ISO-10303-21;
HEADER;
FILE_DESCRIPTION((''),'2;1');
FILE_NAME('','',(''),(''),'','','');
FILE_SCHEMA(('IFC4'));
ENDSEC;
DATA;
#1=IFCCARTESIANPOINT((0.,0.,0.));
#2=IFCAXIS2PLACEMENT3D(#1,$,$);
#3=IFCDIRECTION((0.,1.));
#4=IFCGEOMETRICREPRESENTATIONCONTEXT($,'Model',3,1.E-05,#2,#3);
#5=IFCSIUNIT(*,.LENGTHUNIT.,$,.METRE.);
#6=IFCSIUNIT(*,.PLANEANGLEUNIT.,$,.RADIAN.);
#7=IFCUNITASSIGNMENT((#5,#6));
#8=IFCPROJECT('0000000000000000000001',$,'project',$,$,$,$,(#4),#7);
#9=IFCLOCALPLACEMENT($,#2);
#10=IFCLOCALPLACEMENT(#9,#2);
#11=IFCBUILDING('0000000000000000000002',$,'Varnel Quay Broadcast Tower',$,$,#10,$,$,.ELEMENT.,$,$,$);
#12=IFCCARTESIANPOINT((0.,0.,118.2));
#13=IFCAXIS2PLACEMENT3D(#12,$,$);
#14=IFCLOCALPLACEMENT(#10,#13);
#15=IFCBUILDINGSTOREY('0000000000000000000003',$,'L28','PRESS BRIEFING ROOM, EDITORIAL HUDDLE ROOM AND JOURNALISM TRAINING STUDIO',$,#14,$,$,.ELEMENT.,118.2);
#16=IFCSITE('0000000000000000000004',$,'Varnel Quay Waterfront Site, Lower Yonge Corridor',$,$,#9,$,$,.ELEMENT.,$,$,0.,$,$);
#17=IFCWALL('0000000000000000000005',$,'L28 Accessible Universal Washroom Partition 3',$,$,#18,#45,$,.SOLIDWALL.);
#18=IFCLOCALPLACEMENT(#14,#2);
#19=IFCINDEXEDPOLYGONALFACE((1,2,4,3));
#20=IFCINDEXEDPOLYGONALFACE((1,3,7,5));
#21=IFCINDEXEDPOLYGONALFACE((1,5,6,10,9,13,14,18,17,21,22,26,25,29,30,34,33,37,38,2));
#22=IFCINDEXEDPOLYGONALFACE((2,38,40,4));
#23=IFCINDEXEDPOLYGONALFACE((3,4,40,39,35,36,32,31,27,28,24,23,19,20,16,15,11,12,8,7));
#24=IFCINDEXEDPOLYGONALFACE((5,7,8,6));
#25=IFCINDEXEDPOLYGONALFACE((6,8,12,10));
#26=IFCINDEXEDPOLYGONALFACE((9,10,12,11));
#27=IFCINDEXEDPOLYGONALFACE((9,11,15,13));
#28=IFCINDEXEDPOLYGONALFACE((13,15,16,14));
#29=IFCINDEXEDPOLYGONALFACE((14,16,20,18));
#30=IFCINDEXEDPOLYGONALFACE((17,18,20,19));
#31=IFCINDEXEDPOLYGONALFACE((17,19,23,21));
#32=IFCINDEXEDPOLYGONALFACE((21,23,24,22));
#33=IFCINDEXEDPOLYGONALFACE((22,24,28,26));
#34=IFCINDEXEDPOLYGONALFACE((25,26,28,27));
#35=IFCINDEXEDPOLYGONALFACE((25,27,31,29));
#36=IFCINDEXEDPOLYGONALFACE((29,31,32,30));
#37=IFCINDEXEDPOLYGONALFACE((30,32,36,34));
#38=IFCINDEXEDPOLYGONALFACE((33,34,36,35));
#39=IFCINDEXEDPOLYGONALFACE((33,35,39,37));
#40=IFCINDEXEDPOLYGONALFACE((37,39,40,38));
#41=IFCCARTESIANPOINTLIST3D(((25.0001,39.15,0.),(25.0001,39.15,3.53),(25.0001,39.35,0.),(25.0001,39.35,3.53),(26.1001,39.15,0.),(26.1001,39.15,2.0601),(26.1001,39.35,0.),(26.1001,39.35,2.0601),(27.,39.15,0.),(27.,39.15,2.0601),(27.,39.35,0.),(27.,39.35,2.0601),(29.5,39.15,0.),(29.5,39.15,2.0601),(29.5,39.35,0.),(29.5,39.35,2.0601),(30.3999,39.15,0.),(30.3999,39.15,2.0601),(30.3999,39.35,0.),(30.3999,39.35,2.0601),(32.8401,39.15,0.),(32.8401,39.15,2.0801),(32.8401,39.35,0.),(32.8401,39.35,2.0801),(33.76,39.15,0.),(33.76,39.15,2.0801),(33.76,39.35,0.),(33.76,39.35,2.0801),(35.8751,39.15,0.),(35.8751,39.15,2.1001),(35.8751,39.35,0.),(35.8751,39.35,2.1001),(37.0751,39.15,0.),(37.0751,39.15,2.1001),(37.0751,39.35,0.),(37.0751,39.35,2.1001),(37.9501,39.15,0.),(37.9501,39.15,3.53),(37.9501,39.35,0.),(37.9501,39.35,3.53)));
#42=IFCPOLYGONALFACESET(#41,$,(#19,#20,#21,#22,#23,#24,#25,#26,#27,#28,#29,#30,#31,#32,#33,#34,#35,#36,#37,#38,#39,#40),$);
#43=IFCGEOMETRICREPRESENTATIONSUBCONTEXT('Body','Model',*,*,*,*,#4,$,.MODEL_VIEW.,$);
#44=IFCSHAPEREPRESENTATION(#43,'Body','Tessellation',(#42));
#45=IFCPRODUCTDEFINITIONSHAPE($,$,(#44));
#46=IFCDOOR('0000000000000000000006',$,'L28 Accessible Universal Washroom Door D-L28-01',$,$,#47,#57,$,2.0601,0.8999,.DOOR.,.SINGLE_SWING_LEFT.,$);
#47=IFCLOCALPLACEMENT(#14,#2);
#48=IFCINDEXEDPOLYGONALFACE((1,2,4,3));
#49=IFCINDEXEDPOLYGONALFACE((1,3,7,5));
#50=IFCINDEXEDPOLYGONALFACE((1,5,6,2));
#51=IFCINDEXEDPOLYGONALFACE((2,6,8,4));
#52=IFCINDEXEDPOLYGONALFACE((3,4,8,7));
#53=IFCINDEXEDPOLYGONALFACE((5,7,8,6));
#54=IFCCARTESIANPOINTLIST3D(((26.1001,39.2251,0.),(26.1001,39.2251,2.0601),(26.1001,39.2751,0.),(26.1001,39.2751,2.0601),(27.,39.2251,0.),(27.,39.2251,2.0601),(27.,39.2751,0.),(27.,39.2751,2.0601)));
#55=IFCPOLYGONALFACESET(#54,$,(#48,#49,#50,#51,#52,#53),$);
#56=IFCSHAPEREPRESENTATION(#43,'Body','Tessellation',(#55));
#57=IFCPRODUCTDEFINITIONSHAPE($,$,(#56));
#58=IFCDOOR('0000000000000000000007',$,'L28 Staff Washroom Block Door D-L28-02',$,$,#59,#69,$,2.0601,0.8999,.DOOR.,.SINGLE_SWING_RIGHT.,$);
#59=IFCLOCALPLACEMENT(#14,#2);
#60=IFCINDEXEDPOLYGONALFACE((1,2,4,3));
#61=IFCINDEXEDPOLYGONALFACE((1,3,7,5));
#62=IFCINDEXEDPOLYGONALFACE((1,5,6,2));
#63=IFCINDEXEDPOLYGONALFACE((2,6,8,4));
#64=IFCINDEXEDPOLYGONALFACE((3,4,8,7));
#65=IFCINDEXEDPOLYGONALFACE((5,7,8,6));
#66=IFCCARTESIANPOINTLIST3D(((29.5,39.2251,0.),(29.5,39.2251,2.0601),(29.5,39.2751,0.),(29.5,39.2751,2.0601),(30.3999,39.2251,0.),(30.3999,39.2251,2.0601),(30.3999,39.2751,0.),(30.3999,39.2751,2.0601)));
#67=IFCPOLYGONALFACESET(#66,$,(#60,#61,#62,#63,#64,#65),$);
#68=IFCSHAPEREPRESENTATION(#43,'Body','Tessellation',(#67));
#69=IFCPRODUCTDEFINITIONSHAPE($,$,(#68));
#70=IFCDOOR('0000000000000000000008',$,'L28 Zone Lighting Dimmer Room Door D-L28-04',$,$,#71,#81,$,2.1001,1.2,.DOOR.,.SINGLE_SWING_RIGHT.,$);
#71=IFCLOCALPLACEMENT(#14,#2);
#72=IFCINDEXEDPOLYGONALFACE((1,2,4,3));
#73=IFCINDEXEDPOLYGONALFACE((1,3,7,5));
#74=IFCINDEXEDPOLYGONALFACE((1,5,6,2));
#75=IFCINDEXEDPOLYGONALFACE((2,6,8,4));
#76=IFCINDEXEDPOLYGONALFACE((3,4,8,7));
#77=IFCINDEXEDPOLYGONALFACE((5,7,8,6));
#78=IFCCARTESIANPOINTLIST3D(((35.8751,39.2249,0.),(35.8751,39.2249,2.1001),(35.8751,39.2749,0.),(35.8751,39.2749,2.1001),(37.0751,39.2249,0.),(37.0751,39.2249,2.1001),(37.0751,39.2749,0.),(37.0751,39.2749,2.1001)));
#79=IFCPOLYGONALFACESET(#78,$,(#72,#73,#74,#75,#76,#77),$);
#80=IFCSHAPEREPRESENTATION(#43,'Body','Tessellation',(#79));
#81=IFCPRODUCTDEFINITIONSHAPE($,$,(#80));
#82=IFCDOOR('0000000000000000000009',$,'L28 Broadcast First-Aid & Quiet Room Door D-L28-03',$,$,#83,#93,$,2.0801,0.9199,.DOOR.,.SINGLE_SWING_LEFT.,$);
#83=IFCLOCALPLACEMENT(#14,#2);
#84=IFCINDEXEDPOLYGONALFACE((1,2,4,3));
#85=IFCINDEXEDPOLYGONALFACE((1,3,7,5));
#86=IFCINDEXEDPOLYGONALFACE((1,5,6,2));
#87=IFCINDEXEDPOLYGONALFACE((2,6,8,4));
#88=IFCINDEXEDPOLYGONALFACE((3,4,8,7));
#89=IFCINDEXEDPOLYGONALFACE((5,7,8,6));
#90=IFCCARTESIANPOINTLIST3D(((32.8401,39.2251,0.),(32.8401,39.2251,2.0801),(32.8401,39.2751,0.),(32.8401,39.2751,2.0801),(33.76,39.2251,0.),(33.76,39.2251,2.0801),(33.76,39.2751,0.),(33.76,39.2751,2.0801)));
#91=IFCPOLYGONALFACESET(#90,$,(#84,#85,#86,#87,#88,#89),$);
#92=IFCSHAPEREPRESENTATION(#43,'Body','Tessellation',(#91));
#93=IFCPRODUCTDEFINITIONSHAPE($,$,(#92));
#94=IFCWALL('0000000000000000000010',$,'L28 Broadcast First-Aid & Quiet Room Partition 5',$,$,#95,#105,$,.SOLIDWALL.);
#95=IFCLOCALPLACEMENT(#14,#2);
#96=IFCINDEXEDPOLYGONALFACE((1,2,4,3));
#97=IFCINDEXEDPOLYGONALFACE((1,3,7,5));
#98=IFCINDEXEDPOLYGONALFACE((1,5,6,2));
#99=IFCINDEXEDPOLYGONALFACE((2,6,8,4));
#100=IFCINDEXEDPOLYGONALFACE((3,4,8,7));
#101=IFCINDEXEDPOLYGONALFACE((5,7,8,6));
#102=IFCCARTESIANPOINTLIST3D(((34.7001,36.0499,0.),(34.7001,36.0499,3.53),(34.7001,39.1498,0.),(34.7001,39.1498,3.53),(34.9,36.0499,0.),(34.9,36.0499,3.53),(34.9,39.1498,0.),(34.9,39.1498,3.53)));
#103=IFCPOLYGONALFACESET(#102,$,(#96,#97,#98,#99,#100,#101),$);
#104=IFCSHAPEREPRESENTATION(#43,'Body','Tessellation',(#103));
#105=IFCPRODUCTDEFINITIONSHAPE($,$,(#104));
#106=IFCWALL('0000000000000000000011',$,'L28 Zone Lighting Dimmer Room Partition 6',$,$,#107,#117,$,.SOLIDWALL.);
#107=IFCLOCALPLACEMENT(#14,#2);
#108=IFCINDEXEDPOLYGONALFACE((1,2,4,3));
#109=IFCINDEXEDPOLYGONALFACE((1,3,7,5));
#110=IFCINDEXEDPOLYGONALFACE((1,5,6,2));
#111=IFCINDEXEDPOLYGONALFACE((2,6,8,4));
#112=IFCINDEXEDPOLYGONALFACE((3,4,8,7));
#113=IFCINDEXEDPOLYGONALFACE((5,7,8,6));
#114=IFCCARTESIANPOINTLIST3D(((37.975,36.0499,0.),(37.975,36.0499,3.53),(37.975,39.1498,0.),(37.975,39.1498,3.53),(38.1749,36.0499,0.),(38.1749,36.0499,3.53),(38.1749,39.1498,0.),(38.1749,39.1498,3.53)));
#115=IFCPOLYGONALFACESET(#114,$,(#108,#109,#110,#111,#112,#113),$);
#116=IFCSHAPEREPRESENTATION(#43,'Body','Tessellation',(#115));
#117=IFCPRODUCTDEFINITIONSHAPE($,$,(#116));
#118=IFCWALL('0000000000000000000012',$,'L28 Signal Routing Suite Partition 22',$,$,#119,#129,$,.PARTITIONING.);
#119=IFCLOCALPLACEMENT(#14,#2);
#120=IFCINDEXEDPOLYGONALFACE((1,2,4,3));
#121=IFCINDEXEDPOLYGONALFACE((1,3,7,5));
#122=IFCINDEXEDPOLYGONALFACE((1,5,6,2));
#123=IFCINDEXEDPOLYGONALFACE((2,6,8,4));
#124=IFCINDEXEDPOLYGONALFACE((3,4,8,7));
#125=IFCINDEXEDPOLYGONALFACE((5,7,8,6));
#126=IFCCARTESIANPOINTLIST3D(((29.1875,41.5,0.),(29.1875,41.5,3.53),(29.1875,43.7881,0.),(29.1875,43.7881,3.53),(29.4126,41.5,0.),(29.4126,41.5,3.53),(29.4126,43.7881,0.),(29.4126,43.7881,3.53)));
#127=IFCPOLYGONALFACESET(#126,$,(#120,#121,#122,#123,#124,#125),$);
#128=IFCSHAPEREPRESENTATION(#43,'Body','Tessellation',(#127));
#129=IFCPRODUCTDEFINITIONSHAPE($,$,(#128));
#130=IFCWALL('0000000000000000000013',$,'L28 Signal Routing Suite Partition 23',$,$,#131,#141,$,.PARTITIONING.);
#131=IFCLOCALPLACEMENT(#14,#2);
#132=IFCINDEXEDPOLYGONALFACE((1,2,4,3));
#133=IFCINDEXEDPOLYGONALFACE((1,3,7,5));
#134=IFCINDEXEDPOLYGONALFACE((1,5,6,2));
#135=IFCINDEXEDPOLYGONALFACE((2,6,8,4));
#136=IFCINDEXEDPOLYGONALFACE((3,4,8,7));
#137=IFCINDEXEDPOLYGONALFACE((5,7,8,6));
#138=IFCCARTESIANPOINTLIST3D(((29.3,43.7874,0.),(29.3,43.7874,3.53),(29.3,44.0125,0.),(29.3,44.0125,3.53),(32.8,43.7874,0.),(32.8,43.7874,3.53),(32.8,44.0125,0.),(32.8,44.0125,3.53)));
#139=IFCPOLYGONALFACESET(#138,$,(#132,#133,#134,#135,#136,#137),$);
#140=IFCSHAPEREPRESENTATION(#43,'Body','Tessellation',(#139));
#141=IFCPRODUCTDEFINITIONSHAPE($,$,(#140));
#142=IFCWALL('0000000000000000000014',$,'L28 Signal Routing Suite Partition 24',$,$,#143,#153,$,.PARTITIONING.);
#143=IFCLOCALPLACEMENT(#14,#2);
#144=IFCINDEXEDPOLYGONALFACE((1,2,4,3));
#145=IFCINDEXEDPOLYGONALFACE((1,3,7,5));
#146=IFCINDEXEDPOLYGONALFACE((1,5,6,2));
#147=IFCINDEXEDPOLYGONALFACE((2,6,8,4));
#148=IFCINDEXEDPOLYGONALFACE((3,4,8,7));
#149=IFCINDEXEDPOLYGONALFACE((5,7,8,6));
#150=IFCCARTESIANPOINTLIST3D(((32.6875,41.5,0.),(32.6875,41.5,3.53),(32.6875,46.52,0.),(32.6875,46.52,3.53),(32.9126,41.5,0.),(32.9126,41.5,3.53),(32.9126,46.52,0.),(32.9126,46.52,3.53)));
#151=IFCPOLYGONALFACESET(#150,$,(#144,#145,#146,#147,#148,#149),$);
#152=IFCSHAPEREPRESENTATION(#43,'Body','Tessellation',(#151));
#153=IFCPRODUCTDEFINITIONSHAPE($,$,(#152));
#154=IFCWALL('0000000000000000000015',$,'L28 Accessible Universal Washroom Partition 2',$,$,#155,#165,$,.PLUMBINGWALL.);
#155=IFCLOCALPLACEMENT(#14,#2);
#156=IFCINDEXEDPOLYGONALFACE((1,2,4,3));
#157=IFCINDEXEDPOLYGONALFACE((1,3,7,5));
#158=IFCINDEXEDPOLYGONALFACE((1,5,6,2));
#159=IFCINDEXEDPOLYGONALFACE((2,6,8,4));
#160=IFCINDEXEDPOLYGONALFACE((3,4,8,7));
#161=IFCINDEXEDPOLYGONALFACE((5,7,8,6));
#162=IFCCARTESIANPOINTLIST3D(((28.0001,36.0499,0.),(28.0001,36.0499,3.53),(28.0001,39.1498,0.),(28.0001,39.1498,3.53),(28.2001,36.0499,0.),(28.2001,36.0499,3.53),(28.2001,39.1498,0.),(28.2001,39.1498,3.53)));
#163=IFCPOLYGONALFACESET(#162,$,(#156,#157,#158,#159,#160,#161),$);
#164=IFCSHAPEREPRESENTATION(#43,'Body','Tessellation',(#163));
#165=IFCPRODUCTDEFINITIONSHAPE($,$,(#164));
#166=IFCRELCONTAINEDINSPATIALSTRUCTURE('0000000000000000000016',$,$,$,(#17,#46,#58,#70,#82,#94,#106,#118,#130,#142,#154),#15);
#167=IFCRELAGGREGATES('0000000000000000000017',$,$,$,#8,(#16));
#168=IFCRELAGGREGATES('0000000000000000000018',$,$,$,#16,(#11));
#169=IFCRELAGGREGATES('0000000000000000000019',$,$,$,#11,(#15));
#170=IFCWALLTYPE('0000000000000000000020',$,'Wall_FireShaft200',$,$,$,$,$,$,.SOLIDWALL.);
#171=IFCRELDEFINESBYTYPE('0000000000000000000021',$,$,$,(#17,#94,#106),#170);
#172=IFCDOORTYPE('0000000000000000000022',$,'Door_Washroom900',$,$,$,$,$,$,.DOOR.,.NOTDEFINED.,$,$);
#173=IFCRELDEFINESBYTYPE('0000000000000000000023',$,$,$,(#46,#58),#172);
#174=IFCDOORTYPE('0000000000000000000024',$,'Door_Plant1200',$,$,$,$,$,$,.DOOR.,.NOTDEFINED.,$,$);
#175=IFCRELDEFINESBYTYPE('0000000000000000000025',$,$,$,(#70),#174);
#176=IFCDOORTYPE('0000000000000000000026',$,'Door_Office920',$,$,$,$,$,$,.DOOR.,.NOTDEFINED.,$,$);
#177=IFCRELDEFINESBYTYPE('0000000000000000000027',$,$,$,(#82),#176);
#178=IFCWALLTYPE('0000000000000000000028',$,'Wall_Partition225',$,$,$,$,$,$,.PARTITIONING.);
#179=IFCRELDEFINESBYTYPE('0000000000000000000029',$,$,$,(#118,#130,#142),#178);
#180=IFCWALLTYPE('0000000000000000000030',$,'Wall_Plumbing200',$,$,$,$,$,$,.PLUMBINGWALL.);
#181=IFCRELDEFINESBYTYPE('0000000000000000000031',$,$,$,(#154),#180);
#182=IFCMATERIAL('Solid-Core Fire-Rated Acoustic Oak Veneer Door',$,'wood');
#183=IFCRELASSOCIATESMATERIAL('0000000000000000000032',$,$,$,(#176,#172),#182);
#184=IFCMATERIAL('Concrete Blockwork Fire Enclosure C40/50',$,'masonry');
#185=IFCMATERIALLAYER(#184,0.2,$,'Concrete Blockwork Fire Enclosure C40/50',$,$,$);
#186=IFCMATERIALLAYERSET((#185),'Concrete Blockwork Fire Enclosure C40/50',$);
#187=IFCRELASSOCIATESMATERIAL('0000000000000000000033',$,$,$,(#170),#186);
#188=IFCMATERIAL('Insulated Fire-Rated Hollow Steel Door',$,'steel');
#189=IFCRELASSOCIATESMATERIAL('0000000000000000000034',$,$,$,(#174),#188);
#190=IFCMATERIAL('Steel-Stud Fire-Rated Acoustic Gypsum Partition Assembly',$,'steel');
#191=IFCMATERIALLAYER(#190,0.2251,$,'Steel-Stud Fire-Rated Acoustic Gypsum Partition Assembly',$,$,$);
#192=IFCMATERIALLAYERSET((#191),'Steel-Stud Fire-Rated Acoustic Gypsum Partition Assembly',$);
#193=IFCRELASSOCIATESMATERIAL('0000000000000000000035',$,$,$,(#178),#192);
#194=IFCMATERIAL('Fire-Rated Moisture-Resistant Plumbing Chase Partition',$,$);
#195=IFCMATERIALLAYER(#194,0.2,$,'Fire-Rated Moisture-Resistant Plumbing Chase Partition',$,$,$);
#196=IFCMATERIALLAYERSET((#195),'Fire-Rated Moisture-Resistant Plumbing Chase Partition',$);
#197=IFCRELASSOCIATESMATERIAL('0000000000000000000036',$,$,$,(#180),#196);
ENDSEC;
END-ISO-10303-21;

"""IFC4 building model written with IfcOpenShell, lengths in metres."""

from ifc_helpers import new_model, si_unit, direction, frame, frame_2d, origin, place, context, subcontext, project, spatial, rectangle, extrude, source, transform, mapped, material, layer, layer_set, type_object, type_shapes, element, fill, save


model = new_model("IFC4")

# Units and contexts
model_context = context("Model", 3, precision=1e-05, world=origin(), true_north=direction((0.0, 1.0)))
body_context = subcontext(model_context, "Body", "Model", "MODEL_VIEW")
ifc_project = project(units=[si_unit("LENGTHUNIT", "METRE"), si_unit("PLANEANGLEUNIT", "RADIAN")], contexts=[model_context])

# Site, building, storey
site_placement = place(None, origin())
site = spatial("IfcSite", under=ifc_project, at=site_placement, Name="Varnel Quay Waterfront Site, Lower Yonge Corridor", CompositionType="ELEMENT", RefElevation=0.0)
building_placement = place(site_placement, origin())
building = spatial("IfcBuilding", under=site, at=building_placement, Name="Varnel Quay Broadcast Tower", CompositionType="ELEMENT")
storey_placement = place(building_placement, frame((0.0, 0.0, 118.2)))
storey = spatial("IfcBuildingStorey", under=building, at=storey_placement, Name="L28", Description="PRESS BRIEFING ROOM, EDITORIAL HUDDLE ROOM AND JOURNALISM TRAINING STUDIO", CompositionType="ELEMENT", Elevation=118.2)

# Shared definitions
ifc_material_1 = material(Name="Solid-Core Fire-Rated Acoustic Oak Veneer Door", Category="wood")
door_type_1 = type_object("IfcDoorType", Name="Door_Office920", OperationType="NOTDEFINED", PredefinedType="DOOR", material=ifc_material_1)
shared_shape_1 = source(origin(), body_context, "Body", "SweptSolid", [
    extrude(rectangle(XDim=0.9199, YDim=2.0801, at=frame_2d((0.46, 1.04))), frame((0.0, 0.0249, 0.0), z_axis=(0.0, -1.0, 0.0), x_axis=(1.0, 0.0, 0.0)), (0.0, 0.0, 1.0), 0.05),
])
type_shapes(door_type_1, [shared_shape_1])

# Shared definitions
ifc_material_2 = material(Name="Concrete Blockwork Fire Enclosure C40/50", Category="masonry")
ifc_layer_1 = layer(ifc_material_2, 0.2, Name="Concrete Blockwork Fire Enclosure C40/50")
ifc_layer_set_1 = layer_set([ifc_layer_1], Name="Concrete Blockwork Fire Enclosure C40/50")
wall_type_1 = type_object("IfcWallType", Name="Wall_FireShaft200", PredefinedType="SOLIDWALL", material=ifc_layer_set_1)

# Wall, openings, doors
wall_1_placement = place(storey_placement, frame((25.0, 39.25, 0.0), z_axis=(0.0, 0.0, 1.0), x_axis=(1.0, 0.0, 0.0)))
wall_1 = element("IfcWall", 1, at=wall_1_placement, inside=storey, type_object=wall_type_1, Name="L28 Accessible Universal Washroom Partition 3", PredefinedType="SOLIDWALL", context=body_context, shape_type="SweptSolid", body=[
    extrude(rectangle(XDim=12.95, YDim=0.2, at=frame_2d((6.4751, 0.0))), origin(), (0.0, 0.0, 1.0), 3.53),
])
opening_1_placement = place(wall_1_placement, frame((1.1001, 0.0, 0.0)))
opening_1 = element("IfcOpeningElement", 2, at=opening_1_placement, cuts=wall_1, PredefinedType="OPENING", context=body_context, shape_type="SweptSolid", body=[
    extrude(rectangle(XDim=0.8999, YDim=2.0601, at=frame_2d((0.45, 1.03))), frame((0.0, 0.1099, 0.0), z_axis=(0.0, -1.0, 0.0), x_axis=(1.0, 0.0, 0.0)), (0.0, 0.0, 1.0), 0.22),
])
opening_2_placement = place(wall_1_placement, frame((4.5, 0.0, 0.0)))
opening_2 = element("IfcOpeningElement", 3, at=opening_2_placement, cuts=wall_1, PredefinedType="OPENING", context=body_context, shape_type="SweptSolid", body=[
    extrude(rectangle(XDim=0.8999, YDim=2.0601, at=frame_2d((0.45, 1.03))), frame((0.0, 0.1099, 0.0), z_axis=(0.0, -1.0, 0.0), x_axis=(1.0, 0.0, 0.0)), (0.0, 0.0, 1.0), 0.22),
])
opening_3_placement = place(wall_1_placement, frame((7.8401, 0.0, 0.0)))
opening_3 = element("IfcOpeningElement", 4, at=opening_3_placement, cuts=wall_1, PredefinedType="OPENING", context=body_context, shape_type="SweptSolid", body=[
    extrude(rectangle(XDim=0.9199, YDim=2.0801, at=frame_2d((0.46, 1.04))), frame((0.0, 0.1099, 0.0), z_axis=(0.0, -1.0, 0.0), x_axis=(1.0, 0.0, 0.0)), (0.0, 0.0, 1.0), 0.22),
])
opening_4_placement = place(wall_1_placement, frame((10.875, 0.0, 0.0)))
opening_4 = element("IfcOpeningElement", 5, at=opening_4_placement, cuts=wall_1, PredefinedType="OPENING", context=body_context, shape_type="SweptSolid", body=[
    extrude(rectangle(XDim=1.2, YDim=2.1001, at=frame_2d((0.6001, 1.05))), frame((0.0, 0.1099, 0.0), z_axis=(0.0, -1.0, 0.0), x_axis=(1.0, 0.0, 0.0)), (0.0, 0.0, 1.0), 0.22),
])
door_type_2 = type_object("IfcDoorType", Name="Door_Washroom900", OperationType="NOTDEFINED", PredefinedType="DOOR", material=ifc_material_1)
shared_shape_2 = source(origin(), body_context, "Body", "SweptSolid", [
    extrude(rectangle(XDim=0.8999, YDim=2.0601, at=frame_2d((0.45, 1.03))), frame((0.0, 0.0249, 0.0), z_axis=(0.0, -1.0, 0.0), x_axis=(1.0, 0.0, 0.0)), (0.0, 0.0, 1.0), 0.05),
])
type_shapes(door_type_2, [shared_shape_2])
door_1_placement = place(opening_1_placement, frame((0.8999, 0.0, 0.0), z_axis=(0.0, 0.0, 1.0), x_axis=(-1.0, 0.0, 0.0)))
door_1 = element("IfcDoor", 6, at=door_1_placement, inside=storey, type_object=door_type_2, Name="L28 Accessible Universal Washroom Door D-L28-01", OperationType="SINGLE_SWING_LEFT", OverallHeight=2.0601, OverallWidth=0.8999, PredefinedType="DOOR", context=body_context, shape_type="MappedRepresentation", body=[
    mapped(shared_shape_2, transform((0.0, 0.0, 0.0), x_axis=(1.0, 0.0, 0.0), y_axis=(0.0, 1.0, 0.0), z_axis=(0.0, 0.0, 1.0), scale=1.0)),
])
fill(opening_1, door_1)
door_2_placement = place(opening_2_placement, frame((0.8999, 0.0, 0.0), z_axis=(0.0, 0.0, 1.0), x_axis=(-1.0, 0.0, 0.0)))
door_2 = element("IfcDoor", 7, at=door_2_placement, inside=storey, type_object=door_type_2, Name="L28 Staff Washroom Block Door D-L28-02", OperationType="SINGLE_SWING_RIGHT", OverallHeight=2.0601, OverallWidth=0.8999, PredefinedType="DOOR", context=body_context, shape_type="MappedRepresentation", body=[
    mapped(shared_shape_2, transform((0.0, 0.0, 0.0), x_axis=(1.0, 0.0, 0.0), y_axis=(0.0, 1.0, 0.0), z_axis=(0.0, 0.0, 1.0), scale=1.0)),
])
fill(opening_2, door_2)
ifc_material_3 = material(Name="Insulated Fire-Rated Hollow Steel Door", Category="steel")
door_type_3 = type_object("IfcDoorType", Name="Door_Plant1200", OperationType="NOTDEFINED", PredefinedType="DOOR", material=ifc_material_3)
shared_shape_3 = source(origin(), body_context, "Body", "SweptSolid", [
    extrude(rectangle(XDim=1.2, YDim=2.1001, at=frame_2d((0.6001, 1.05))), frame((0.0, 0.0249, 0.0), z_axis=(0.0, -1.0, 0.0), x_axis=(1.0, 0.0, 0.0)), (0.0, 0.0, 1.0), 0.05),
])
type_shapes(door_type_3, [shared_shape_3])
door_3_placement = place(opening_4_placement, origin())
door_3 = element("IfcDoor", 8, at=door_3_placement, inside=storey, type_object=door_type_3, Name="L28 Zone Lighting Dimmer Room Door D-L28-04", OperationType="SINGLE_SWING_RIGHT", OverallHeight=2.1001, OverallWidth=1.2, PredefinedType="DOOR", context=body_context, shape_type="MappedRepresentation", body=[
    mapped(shared_shape_3, transform((0.0, 0.0, 0.0), x_axis=(1.0, 0.0, 0.0), y_axis=(0.0, 1.0, 0.0), z_axis=(0.0, 0.0, 1.0), scale=1.0)),
])
fill(opening_4, door_3)
door_4_placement = place(opening_3_placement, frame((0.9199, 0.0, 0.0), z_axis=(0.0, 0.0, 1.0), x_axis=(-1.0, 0.0, 0.0)))
door_4 = element("IfcDoor", 9, at=door_4_placement, inside=storey, type_object=door_type_1, Name="L28 Broadcast First-Aid & Quiet Room Door D-L28-03", OperationType="SINGLE_SWING_LEFT", OverallHeight=2.0801, OverallWidth=0.9199, PredefinedType="DOOR", context=body_context, shape_type="MappedRepresentation", body=[
    mapped(shared_shape_1, transform((0.0, 0.0, 0.0), x_axis=(1.0, 0.0, 0.0), y_axis=(0.0, 1.0, 0.0), z_axis=(0.0, 0.0, 1.0), scale=1.0)),
])
fill(opening_3, door_4)

# Walls
for number, where, z_axis, x_axis, name in (
    (10, (34.8, 36.05, 0.0), (0.0, 0.0, 1.0), (0.0, 1.0, 0.0), "L28 Broadcast First-Aid & Quiet Room Partition 5"),
    (11, (38.075, 36.05, 0.0), (0.0, 0.0, 1.0), (0.0, 1.0, 0.0), "L28 Zone Lighting Dimmer Room Partition 6"),
):
    element("IfcWall", number, at=place(storey_placement, frame(where, z_axis=z_axis, x_axis=x_axis)), inside=storey, type_object=wall_type_1, Name=name, PredefinedType="SOLIDWALL", context=body_context, shape_type="SweptSolid", body=[
        extrude(rectangle(XDim=3.0999, YDim=0.2, at=frame_2d((1.5498, 0.0))), origin(), (0.0, 0.0, 1.0), 3.53),
    ])
ifc_material_4 = material(Name="Steel-Stud Fire-Rated Acoustic Gypsum Partition Assembly", Category="steel")
ifc_layer_2 = layer(ifc_material_4, 0.2251, Name="Steel-Stud Fire-Rated Acoustic Gypsum Partition Assembly")
ifc_layer_set_2 = layer_set([ifc_layer_2], Name="Steel-Stud Fire-Rated Acoustic Gypsum Partition Assembly")
wall_type_2 = type_object("IfcWallType", Name="Wall_Partition225", PredefinedType="PARTITIONING", material=ifc_layer_set_2)
wall_2_placement = place(storey_placement, frame((29.3, 41.5, 0.0), z_axis=(0.0, 0.0, 1.0), x_axis=(0.0, 1.0, 0.0)))
element("IfcWall", 12, at=wall_2_placement, inside=storey, type_object=wall_type_2, Name="L28 Signal Routing Suite Partition 22", PredefinedType="PARTITIONING", context=body_context, shape_type="SweptSolid", body=[
    extrude(rectangle(XDim=2.2881, YDim=0.2251, at=frame_2d((1.144, 0.0))), origin(), (0.0, 0.0, 1.0), 3.53),
])
wall_3_placement = place(storey_placement, frame((29.3, 43.8999, 0.0), z_axis=(0.0, 0.0, 1.0), x_axis=(1.0, 0.0, 0.0)))
element("IfcWall", 13, at=wall_3_placement, inside=storey, type_object=wall_type_2, Name="L28 Signal Routing Suite Partition 23", PredefinedType="PARTITIONING", context=body_context, shape_type="SweptSolid", body=[
    extrude(rectangle(XDim=3.5, YDim=0.2251, at=frame_2d((1.75, 0.0))), origin(), (0.0, 0.0, 1.0), 3.53),
])
wall_4_placement = place(storey_placement, frame((32.8, 41.5, 0.0), z_axis=(0.0, 0.0, 1.0), x_axis=(0.0, 1.0, 0.0)))
element("IfcWall", 14, at=wall_4_placement, inside=storey, type_object=wall_type_2, Name="L28 Signal Routing Suite Partition 24", PredefinedType="PARTITIONING", context=body_context, shape_type="SweptSolid", body=[
    extrude(rectangle(XDim=5.02, YDim=0.2251, at=frame_2d((2.51, 0.0))), origin(), (0.0, 0.0, 1.0), 3.53),
])
ifc_material_5 = material(Name="Fire-Rated Moisture-Resistant Plumbing Chase Partition")
ifc_layer_3 = layer(ifc_material_5, 0.2, Name="Fire-Rated Moisture-Resistant Plumbing Chase Partition")
ifc_layer_set_3 = layer_set([ifc_layer_3], Name="Fire-Rated Moisture-Resistant Plumbing Chase Partition")
wall_type_3 = type_object("IfcWallType", Name="Wall_Plumbing200", PredefinedType="PLUMBINGWALL", material=ifc_layer_set_3)
for number, where, z_axis, x_axis, name in (
    (15, (28.1001, 36.05, 0.0), (0.0, 0.0, 1.0), (0.0, 1.0, 0.0), "L28 Accessible Universal Washroom Partition 2"),
):
    element("IfcWall", number, at=place(storey_placement, frame(where, z_axis=z_axis, x_axis=x_axis)), inside=storey, type_object=wall_type_3, Name=name, PredefinedType="PLUMBINGWALL", context=body_context, shape_type="SweptSolid", body=[
        extrude(rectangle(XDim=3.0999, YDim=0.2, at=frame_2d((1.5498, 0.0))), origin(), (0.0, 0.0, 1.0), 3.53),
    ])

save(model, "model.ifc")
